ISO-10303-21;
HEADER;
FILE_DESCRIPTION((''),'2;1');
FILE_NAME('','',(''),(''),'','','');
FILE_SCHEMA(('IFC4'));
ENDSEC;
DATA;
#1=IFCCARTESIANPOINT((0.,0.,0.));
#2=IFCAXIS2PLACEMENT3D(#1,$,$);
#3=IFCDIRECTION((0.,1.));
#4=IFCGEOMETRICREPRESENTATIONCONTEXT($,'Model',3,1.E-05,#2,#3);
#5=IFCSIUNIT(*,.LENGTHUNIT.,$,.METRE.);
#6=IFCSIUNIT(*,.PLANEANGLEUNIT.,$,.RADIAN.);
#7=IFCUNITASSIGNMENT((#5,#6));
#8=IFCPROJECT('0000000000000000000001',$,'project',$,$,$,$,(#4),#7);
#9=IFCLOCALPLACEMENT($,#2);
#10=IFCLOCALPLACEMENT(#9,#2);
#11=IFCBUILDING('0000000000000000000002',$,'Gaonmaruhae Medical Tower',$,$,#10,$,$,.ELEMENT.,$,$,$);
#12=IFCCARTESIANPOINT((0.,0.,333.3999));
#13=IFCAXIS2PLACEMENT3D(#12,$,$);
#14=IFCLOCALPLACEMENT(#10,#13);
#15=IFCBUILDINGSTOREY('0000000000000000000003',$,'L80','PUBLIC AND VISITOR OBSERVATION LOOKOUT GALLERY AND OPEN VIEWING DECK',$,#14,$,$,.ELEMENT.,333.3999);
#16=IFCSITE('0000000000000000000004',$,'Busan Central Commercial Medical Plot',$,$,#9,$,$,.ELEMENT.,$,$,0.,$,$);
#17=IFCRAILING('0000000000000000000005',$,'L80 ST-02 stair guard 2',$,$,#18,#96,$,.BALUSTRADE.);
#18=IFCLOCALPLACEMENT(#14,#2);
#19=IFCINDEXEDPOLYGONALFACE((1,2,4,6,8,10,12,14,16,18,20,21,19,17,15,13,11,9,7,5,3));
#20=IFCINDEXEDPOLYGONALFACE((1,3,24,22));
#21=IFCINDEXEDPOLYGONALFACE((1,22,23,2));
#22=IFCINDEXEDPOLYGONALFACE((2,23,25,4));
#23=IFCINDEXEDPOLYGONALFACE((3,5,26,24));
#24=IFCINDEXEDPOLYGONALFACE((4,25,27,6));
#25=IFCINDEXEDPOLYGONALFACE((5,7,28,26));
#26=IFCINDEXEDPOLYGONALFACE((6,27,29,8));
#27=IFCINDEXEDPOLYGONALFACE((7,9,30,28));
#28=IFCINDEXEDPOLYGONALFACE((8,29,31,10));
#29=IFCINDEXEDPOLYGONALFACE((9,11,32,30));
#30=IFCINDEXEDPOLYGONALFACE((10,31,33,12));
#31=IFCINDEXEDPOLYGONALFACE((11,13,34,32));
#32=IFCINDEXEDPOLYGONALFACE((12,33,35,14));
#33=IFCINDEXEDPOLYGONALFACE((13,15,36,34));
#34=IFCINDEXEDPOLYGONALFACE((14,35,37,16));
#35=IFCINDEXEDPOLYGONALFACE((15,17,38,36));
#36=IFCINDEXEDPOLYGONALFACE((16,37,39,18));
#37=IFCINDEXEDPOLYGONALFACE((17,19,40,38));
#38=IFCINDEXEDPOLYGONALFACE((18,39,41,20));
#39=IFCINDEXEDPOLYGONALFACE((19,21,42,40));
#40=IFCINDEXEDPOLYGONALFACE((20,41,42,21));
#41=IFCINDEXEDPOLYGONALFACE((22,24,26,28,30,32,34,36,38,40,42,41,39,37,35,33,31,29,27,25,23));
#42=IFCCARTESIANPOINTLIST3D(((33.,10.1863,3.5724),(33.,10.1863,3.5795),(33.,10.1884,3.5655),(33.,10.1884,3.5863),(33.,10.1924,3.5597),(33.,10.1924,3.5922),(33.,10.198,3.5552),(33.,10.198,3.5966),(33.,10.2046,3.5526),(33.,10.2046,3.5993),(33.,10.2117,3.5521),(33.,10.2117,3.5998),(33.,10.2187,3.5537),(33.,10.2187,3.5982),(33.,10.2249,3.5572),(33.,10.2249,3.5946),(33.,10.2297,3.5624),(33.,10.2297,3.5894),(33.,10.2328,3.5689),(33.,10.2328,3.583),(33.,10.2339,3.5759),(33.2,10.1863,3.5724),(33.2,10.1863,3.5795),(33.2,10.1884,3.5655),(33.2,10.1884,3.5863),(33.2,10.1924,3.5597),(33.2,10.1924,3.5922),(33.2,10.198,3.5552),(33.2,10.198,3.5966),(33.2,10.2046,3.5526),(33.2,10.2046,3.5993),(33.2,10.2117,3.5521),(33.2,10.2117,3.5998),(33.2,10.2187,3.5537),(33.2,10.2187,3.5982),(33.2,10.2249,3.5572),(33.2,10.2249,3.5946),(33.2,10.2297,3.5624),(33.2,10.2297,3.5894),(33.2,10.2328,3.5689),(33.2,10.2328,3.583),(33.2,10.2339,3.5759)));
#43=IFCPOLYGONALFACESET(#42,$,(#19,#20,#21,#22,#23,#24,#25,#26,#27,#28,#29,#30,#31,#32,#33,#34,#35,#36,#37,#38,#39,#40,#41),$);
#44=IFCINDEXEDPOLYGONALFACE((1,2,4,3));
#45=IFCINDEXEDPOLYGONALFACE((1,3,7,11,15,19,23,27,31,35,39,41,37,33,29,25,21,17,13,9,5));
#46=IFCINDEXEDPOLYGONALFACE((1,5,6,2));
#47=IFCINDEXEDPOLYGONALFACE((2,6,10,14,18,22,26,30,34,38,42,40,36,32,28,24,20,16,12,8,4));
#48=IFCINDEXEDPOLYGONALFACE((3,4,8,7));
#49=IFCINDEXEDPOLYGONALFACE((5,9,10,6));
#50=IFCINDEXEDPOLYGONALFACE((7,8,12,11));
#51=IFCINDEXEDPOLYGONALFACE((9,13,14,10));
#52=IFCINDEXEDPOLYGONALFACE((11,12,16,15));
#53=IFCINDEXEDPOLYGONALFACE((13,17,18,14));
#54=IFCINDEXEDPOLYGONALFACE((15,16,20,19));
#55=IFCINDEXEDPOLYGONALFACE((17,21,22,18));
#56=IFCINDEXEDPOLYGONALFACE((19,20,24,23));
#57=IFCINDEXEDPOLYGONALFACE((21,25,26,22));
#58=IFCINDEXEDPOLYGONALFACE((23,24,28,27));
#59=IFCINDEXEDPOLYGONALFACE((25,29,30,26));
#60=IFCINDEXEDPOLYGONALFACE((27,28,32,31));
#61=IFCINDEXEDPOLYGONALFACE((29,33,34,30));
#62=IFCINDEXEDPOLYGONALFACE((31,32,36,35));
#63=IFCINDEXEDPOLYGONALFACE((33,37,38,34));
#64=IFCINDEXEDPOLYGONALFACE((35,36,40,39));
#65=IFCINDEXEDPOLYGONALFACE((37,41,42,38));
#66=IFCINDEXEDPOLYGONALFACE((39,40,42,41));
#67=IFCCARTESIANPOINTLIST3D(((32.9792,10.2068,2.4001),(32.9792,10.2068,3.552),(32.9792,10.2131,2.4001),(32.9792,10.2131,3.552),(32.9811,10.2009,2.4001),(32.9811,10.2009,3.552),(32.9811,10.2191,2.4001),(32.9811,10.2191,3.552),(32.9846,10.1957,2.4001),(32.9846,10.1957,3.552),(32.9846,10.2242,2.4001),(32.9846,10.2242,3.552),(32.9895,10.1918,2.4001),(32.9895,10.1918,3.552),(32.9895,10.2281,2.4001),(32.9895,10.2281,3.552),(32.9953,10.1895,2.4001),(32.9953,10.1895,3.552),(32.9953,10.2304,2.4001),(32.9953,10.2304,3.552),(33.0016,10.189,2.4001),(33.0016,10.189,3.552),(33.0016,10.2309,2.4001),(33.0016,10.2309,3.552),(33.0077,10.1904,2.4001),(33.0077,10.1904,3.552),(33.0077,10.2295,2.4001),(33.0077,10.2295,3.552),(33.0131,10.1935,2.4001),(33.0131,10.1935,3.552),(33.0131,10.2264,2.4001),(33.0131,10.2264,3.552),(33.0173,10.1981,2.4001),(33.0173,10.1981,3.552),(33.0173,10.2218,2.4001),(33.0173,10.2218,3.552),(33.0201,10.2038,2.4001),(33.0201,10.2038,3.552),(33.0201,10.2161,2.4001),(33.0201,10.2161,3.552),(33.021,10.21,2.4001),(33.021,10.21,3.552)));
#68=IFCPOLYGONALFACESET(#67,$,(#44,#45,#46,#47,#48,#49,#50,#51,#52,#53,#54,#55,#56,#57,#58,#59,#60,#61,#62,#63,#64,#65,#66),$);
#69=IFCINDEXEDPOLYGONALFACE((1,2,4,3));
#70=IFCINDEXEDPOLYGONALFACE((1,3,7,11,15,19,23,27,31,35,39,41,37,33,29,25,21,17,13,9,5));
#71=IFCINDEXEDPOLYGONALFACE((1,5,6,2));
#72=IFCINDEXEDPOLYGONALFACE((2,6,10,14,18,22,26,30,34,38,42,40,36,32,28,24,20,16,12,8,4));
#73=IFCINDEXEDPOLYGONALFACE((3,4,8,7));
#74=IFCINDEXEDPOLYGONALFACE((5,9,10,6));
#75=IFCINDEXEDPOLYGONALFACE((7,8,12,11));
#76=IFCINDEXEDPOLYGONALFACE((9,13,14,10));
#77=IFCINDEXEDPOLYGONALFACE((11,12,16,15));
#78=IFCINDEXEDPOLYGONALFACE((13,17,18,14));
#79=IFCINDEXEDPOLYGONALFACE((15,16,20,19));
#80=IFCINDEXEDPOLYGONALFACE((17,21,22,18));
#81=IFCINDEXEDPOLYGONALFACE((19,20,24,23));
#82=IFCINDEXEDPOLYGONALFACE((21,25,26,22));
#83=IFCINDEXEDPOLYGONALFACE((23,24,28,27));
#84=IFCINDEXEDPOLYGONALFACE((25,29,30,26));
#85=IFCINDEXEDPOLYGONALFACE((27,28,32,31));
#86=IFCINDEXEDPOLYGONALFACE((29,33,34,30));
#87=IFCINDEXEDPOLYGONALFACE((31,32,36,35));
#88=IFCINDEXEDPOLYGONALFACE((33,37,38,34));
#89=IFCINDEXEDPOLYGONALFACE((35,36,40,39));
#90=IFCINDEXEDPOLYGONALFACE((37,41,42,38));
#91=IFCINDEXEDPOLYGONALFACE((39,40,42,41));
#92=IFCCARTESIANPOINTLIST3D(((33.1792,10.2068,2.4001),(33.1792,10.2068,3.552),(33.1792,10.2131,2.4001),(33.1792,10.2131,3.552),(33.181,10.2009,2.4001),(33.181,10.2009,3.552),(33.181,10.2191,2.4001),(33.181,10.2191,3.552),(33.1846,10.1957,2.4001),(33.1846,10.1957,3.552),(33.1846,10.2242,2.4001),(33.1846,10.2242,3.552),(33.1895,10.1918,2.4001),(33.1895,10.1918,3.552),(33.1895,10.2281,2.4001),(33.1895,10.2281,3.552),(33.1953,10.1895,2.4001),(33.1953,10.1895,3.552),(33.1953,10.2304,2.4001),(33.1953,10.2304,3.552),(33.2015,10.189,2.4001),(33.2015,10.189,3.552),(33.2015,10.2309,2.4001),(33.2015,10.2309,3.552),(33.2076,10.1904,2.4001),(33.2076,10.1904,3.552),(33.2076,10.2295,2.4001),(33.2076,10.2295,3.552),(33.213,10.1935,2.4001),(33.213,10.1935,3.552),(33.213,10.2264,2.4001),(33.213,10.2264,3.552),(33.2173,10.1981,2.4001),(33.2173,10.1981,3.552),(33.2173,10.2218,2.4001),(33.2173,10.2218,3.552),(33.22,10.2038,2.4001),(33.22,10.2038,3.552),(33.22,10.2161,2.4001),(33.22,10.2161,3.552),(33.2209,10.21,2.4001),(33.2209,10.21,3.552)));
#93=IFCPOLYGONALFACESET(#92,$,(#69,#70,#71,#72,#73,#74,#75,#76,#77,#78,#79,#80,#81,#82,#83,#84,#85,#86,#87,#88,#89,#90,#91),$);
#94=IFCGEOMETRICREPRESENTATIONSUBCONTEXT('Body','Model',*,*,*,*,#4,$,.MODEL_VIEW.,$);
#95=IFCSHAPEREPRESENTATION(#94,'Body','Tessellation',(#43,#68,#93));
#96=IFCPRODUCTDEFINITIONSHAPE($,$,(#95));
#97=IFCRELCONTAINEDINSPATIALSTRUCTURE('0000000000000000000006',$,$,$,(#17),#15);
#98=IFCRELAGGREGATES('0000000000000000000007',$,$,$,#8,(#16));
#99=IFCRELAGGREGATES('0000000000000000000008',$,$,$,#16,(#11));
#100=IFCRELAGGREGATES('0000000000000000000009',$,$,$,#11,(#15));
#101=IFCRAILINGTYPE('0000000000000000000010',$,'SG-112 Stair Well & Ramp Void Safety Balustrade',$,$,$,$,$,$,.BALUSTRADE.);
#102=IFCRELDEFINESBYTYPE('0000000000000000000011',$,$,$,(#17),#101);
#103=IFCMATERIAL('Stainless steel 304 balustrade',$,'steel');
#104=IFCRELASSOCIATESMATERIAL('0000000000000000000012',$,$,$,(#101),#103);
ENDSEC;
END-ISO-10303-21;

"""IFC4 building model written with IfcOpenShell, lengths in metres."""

from ifc_helpers import new_model, si_unit, direction, frame, origin, origin_2d, place, context, subcontext, project, spatial, circle, extrude, material, type_object, element, save


model = new_model("IFC4")

# Units and contexts
model_context = context("Model", 3, precision=1e-05, world=origin(), true_north=direction((0.0, 1.0)))
body_context = subcontext(model_context, "Body", "Model", "MODEL_VIEW")
ifc_project = project(units=[si_unit("LENGTHUNIT", "METRE"), si_unit("PLANEANGLEUNIT", "RADIAN")], contexts=[model_context])

# Site, building, storey
site_placement = place(None, origin())
site = spatial("IfcSite", under=ifc_project, at=site_placement, Name="Busan Central Commercial Medical Plot", CompositionType="ELEMENT", RefElevation=0.0)
building_placement = place(site_placement, origin())
building = spatial("IfcBuilding", under=site, at=building_placement, Name="Gaonmaruhae Medical Tower", CompositionType="ELEMENT")
storey_placement = place(building_placement, frame((0.0, 0.0, 333.3999)))
storey = spatial("IfcBuildingStorey", under=building, at=storey_placement, Name="L80", Description="PUBLIC AND VISITOR OBSERVATION LOOKOUT GALLERY AND OPEN VIEWING DECK", CompositionType="ELEMENT", Elevation=333.3999)

# Railing
ifc_material_1 = material(Name="Stainless steel 304 balustrade", Category="steel")
railing_type_1 = type_object("IfcRailingType", Name="SG-112 Stair Well & Ramp Void Safety Balustrade", PredefinedType="BALUSTRADE", material=ifc_material_1)
railing_1_placement = place(storey_placement, frame((33.0, 10.21, 2.4001)))
element("IfcRailing", 1, at=railing_1_placement, inside=storey, type_object=railing_type_1, Name="L80 ST-02 stair guard 2", PredefinedType="BALUSTRADE", context=body_context, shape_type="SweptSolid", body=[
    extrude(circle(Radius=0.0239, at=origin_2d()), frame((0.0, 0.0, 1.1758), z_axis=(1.0, 0.0, 0.0), x_axis=(0.0, 1.0, 0.0)), (0.0, 0.0, 1.0), 0.2),
    extrude(circle(Radius=0.021, at=origin_2d()), origin(), (0.0, 0.0, 1.0), 1.1519),
    extrude(circle(Radius=0.021, at=origin_2d()), frame((0.2, 0.0, 0.0)), (0.0, 0.0, 1.0), 1.1519),
])

save(model, "model.ifc")
